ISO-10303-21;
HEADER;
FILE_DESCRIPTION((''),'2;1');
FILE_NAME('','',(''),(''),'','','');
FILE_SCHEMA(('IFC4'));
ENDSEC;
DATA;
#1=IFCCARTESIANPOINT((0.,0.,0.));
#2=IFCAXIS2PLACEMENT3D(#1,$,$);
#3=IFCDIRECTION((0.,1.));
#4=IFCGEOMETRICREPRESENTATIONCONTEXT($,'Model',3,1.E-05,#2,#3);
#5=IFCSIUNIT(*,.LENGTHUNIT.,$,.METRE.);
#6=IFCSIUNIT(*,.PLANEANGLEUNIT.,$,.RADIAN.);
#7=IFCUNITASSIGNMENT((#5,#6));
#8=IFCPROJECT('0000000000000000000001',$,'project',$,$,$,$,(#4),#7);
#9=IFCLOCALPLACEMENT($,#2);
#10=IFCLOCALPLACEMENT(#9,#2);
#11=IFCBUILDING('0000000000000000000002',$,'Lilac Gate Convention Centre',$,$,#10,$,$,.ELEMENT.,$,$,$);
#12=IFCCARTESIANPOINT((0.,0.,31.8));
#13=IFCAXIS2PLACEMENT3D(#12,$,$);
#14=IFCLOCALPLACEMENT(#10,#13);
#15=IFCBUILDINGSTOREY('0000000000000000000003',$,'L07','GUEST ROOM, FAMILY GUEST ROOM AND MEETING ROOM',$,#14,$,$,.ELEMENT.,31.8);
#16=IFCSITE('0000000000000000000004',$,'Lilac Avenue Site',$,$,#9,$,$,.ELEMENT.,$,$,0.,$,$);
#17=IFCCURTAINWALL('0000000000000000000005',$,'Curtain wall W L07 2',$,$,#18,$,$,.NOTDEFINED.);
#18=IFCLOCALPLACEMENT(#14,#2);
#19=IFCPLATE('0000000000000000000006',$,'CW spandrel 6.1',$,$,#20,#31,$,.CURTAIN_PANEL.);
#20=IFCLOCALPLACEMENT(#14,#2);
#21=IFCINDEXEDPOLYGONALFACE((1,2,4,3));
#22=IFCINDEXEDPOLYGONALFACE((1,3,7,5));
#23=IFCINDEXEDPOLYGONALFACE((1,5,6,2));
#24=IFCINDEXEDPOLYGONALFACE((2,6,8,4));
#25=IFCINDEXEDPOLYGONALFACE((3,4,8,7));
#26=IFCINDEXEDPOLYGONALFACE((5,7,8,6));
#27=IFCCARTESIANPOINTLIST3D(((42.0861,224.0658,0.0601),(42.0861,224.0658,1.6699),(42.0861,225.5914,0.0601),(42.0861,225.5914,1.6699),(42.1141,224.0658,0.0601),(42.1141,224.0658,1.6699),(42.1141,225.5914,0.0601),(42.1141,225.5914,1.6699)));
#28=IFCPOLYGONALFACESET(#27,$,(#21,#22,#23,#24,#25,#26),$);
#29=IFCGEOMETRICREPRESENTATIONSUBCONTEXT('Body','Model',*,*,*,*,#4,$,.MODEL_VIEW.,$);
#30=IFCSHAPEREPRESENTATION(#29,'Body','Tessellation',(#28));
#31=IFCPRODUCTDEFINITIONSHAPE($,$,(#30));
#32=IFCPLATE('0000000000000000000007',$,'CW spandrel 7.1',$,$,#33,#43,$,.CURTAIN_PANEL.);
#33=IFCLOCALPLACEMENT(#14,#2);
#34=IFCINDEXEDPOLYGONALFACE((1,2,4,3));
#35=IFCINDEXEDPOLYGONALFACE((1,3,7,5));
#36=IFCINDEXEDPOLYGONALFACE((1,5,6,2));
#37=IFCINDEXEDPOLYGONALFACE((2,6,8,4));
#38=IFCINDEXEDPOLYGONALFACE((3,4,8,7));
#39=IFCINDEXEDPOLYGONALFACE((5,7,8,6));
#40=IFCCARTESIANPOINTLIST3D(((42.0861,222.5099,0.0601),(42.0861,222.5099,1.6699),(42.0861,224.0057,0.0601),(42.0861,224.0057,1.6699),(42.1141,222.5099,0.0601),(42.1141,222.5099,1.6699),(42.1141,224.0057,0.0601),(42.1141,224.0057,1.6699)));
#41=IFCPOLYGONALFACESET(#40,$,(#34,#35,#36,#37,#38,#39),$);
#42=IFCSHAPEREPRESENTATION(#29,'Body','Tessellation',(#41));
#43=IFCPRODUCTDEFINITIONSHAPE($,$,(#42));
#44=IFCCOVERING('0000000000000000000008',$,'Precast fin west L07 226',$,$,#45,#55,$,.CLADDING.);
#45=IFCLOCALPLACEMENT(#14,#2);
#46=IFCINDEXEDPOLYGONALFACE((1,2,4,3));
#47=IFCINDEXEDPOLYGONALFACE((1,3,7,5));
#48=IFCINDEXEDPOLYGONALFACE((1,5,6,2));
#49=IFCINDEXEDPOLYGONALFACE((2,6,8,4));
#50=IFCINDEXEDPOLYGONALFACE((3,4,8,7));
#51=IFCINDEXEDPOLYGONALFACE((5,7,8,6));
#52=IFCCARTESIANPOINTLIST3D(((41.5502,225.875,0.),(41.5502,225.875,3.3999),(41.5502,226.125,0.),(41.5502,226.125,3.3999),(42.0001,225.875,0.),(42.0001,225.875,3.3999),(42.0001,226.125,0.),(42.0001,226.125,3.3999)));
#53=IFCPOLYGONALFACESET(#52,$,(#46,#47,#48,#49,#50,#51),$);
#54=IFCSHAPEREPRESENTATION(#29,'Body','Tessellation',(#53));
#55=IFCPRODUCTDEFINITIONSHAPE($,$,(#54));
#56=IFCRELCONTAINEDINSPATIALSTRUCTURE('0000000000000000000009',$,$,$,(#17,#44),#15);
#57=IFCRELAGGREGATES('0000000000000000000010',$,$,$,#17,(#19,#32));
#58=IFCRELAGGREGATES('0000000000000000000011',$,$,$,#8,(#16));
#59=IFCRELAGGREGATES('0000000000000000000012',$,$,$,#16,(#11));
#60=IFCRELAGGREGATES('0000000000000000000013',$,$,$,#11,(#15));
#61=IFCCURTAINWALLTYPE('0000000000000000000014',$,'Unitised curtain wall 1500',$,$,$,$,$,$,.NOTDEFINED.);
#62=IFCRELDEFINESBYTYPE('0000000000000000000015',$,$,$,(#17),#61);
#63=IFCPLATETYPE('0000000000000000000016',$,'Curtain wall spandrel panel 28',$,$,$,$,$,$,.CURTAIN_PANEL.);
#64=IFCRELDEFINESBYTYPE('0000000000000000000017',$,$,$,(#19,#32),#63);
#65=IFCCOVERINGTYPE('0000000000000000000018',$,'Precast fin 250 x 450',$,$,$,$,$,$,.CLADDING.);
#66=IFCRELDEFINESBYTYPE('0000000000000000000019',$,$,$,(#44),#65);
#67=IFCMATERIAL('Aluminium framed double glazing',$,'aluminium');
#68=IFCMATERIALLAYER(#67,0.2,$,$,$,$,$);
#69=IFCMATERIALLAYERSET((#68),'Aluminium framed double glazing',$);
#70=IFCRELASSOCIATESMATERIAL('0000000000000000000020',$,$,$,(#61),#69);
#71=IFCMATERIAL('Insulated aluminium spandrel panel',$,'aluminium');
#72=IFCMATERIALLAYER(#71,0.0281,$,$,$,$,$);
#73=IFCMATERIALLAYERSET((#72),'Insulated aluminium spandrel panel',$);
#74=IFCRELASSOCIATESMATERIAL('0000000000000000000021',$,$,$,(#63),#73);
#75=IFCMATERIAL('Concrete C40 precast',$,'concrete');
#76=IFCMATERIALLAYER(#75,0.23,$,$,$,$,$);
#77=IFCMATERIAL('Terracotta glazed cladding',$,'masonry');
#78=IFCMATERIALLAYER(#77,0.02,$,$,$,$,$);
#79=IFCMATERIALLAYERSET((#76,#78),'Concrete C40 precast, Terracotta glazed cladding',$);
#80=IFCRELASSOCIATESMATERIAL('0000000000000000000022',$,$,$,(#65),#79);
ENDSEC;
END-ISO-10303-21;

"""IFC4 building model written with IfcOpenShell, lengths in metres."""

from ifc_helpers import new_model, si_unit, direction, frame, frame_2d, origin, origin_2d, place, context, subcontext, project, spatial, rectangle, extrude, material, layer, layer_set, type_object, element, aggregate, save


model = new_model("IFC4")

# Units and contexts
model_context = context("Model", 3, precision=1e-05, world=origin(), true_north=direction((0.0, 1.0)))
body_context = subcontext(model_context, "Body", "Model", "MODEL_VIEW")
ifc_project = project(units=[si_unit("LENGTHUNIT", "METRE"), si_unit("PLANEANGLEUNIT", "RADIAN")], contexts=[model_context])

# Site, building, storey
site_placement = place(None, origin())
site = spatial("IfcSite", under=ifc_project, at=site_placement, Name="Lilac Avenue Site", CompositionType="ELEMENT", RefElevation=0.0)
building_placement = place(site_placement, origin())
building = spatial("IfcBuilding", under=site, at=building_placement, Name="Lilac Gate Convention Centre", CompositionType="ELEMENT")
storey_placement = place(building_placement, frame((0.0, 0.0, 31.8)))
storey = spatial("IfcBuildingStorey", under=building, at=storey_placement, Name="L07", Description="GUEST ROOM, FAMILY GUEST ROOM AND MEETING ROOM", CompositionType="ELEMENT", Elevation=31.8)

# Curtain wall, plates
ifc_material_1 = material(Name="Aluminium framed double glazing", Category="aluminium")
ifc_layer_1 = layer(ifc_material_1, 0.2)
ifc_layer_set_1 = layer_set([ifc_layer_1], Name="Aluminium framed double glazing")
curtain_wall_type = type_object("IfcCurtainWallType", Name="Unitised curtain wall 1500", PredefinedType="NOTDEFINED", material=ifc_layer_set_1)
curtain_wall_placement = place(storey_placement, origin())
curtain_wall = element("IfcCurtainWall", 1, at=curtain_wall_placement, inside=storey, type_object=curtain_wall_type, Name="Curtain wall W L07 2", PredefinedType="NOTDEFINED")
ifc_material_2 = material(Name="Insulated aluminium spandrel panel", Category="aluminium")
ifc_layer_2 = layer(ifc_material_2, 0.0281)
ifc_layer_set_2 = layer_set([ifc_layer_2], Name="Insulated aluminium spandrel panel")
plate_type_1 = type_object("IfcPlateType", Name="Curtain wall spandrel panel 28", PredefinedType="CURTAIN_PANEL", material=ifc_layer_set_2)
plate_1_placement = place(storey_placement, frame((42.1001, 224.8286, 0.0601), z_axis=(0.0, 0.0, 1.0), x_axis=(0.0, -1.0, 0.0)))
plate_1 = element("IfcPlate", 2, at=plate_1_placement, type_object=plate_type_1, Name="CW spandrel 6.1", PredefinedType="CURTAIN_PANEL", context=body_context, shape_type="SweptSolid", body=[
    extrude(rectangle(XDim=1.5256, YDim=0.0281, at=origin_2d()), origin(), (0.0, 0.0, 1.0), 1.6099),
])
plate_2_placement = place(storey_placement, frame((42.1001, 223.2578, 0.0601), z_axis=(0.0, 0.0, 1.0), x_axis=(0.0, -1.0, 0.0)))
plate_2 = element("IfcPlate", 3, at=plate_2_placement, type_object=plate_type_1, Name="CW spandrel 7.1", PredefinedType="CURTAIN_PANEL", context=body_context, shape_type="SweptSolid", body=[
    extrude(rectangle(XDim=1.4958, YDim=0.0281, at=origin_2d()), origin(), (0.0, 0.0, 1.0), 1.6099),
])
aggregate(curtain_wall, [plate_1, plate_2])

# Covering
ifc_material_3 = material(Name="Concrete C40 precast", Category="concrete")
ifc_layer_3 = layer(ifc_material_3, 0.23)
ifc_material_4 = material(Name="Terracotta glazed cladding", Category="masonry")
ifc_layer_4 = layer(ifc_material_4, 0.02)
ifc_layer_set_3 = layer_set([ifc_layer_3, ifc_layer_4], Name="Concrete C40 precast, Terracotta glazed cladding")
covering_type = type_object("IfcCoveringType", Name="Precast fin 250 x 450", PredefinedType="CLADDING", material=ifc_layer_set_3)
covering_placement = place(storey_placement, frame((41.55, 226.0, 0.0), z_axis=(0.0, 0.0, 1.0), x_axis=(1.0, 0.0, 0.0)))
element("IfcCovering", 4, at=covering_placement, inside=storey, type_object=covering_type, Name="Precast fin west L07 226", PredefinedType="CLADDING", context=body_context, shape_type="SweptSolid", body=[
    extrude(rectangle(XDim=0.45, YDim=0.25, at=frame_2d((0.2251, 0.0))), origin(), (0.0, 0.0, 1.0), 3.3999),
])

save(model, "model.ifc")
